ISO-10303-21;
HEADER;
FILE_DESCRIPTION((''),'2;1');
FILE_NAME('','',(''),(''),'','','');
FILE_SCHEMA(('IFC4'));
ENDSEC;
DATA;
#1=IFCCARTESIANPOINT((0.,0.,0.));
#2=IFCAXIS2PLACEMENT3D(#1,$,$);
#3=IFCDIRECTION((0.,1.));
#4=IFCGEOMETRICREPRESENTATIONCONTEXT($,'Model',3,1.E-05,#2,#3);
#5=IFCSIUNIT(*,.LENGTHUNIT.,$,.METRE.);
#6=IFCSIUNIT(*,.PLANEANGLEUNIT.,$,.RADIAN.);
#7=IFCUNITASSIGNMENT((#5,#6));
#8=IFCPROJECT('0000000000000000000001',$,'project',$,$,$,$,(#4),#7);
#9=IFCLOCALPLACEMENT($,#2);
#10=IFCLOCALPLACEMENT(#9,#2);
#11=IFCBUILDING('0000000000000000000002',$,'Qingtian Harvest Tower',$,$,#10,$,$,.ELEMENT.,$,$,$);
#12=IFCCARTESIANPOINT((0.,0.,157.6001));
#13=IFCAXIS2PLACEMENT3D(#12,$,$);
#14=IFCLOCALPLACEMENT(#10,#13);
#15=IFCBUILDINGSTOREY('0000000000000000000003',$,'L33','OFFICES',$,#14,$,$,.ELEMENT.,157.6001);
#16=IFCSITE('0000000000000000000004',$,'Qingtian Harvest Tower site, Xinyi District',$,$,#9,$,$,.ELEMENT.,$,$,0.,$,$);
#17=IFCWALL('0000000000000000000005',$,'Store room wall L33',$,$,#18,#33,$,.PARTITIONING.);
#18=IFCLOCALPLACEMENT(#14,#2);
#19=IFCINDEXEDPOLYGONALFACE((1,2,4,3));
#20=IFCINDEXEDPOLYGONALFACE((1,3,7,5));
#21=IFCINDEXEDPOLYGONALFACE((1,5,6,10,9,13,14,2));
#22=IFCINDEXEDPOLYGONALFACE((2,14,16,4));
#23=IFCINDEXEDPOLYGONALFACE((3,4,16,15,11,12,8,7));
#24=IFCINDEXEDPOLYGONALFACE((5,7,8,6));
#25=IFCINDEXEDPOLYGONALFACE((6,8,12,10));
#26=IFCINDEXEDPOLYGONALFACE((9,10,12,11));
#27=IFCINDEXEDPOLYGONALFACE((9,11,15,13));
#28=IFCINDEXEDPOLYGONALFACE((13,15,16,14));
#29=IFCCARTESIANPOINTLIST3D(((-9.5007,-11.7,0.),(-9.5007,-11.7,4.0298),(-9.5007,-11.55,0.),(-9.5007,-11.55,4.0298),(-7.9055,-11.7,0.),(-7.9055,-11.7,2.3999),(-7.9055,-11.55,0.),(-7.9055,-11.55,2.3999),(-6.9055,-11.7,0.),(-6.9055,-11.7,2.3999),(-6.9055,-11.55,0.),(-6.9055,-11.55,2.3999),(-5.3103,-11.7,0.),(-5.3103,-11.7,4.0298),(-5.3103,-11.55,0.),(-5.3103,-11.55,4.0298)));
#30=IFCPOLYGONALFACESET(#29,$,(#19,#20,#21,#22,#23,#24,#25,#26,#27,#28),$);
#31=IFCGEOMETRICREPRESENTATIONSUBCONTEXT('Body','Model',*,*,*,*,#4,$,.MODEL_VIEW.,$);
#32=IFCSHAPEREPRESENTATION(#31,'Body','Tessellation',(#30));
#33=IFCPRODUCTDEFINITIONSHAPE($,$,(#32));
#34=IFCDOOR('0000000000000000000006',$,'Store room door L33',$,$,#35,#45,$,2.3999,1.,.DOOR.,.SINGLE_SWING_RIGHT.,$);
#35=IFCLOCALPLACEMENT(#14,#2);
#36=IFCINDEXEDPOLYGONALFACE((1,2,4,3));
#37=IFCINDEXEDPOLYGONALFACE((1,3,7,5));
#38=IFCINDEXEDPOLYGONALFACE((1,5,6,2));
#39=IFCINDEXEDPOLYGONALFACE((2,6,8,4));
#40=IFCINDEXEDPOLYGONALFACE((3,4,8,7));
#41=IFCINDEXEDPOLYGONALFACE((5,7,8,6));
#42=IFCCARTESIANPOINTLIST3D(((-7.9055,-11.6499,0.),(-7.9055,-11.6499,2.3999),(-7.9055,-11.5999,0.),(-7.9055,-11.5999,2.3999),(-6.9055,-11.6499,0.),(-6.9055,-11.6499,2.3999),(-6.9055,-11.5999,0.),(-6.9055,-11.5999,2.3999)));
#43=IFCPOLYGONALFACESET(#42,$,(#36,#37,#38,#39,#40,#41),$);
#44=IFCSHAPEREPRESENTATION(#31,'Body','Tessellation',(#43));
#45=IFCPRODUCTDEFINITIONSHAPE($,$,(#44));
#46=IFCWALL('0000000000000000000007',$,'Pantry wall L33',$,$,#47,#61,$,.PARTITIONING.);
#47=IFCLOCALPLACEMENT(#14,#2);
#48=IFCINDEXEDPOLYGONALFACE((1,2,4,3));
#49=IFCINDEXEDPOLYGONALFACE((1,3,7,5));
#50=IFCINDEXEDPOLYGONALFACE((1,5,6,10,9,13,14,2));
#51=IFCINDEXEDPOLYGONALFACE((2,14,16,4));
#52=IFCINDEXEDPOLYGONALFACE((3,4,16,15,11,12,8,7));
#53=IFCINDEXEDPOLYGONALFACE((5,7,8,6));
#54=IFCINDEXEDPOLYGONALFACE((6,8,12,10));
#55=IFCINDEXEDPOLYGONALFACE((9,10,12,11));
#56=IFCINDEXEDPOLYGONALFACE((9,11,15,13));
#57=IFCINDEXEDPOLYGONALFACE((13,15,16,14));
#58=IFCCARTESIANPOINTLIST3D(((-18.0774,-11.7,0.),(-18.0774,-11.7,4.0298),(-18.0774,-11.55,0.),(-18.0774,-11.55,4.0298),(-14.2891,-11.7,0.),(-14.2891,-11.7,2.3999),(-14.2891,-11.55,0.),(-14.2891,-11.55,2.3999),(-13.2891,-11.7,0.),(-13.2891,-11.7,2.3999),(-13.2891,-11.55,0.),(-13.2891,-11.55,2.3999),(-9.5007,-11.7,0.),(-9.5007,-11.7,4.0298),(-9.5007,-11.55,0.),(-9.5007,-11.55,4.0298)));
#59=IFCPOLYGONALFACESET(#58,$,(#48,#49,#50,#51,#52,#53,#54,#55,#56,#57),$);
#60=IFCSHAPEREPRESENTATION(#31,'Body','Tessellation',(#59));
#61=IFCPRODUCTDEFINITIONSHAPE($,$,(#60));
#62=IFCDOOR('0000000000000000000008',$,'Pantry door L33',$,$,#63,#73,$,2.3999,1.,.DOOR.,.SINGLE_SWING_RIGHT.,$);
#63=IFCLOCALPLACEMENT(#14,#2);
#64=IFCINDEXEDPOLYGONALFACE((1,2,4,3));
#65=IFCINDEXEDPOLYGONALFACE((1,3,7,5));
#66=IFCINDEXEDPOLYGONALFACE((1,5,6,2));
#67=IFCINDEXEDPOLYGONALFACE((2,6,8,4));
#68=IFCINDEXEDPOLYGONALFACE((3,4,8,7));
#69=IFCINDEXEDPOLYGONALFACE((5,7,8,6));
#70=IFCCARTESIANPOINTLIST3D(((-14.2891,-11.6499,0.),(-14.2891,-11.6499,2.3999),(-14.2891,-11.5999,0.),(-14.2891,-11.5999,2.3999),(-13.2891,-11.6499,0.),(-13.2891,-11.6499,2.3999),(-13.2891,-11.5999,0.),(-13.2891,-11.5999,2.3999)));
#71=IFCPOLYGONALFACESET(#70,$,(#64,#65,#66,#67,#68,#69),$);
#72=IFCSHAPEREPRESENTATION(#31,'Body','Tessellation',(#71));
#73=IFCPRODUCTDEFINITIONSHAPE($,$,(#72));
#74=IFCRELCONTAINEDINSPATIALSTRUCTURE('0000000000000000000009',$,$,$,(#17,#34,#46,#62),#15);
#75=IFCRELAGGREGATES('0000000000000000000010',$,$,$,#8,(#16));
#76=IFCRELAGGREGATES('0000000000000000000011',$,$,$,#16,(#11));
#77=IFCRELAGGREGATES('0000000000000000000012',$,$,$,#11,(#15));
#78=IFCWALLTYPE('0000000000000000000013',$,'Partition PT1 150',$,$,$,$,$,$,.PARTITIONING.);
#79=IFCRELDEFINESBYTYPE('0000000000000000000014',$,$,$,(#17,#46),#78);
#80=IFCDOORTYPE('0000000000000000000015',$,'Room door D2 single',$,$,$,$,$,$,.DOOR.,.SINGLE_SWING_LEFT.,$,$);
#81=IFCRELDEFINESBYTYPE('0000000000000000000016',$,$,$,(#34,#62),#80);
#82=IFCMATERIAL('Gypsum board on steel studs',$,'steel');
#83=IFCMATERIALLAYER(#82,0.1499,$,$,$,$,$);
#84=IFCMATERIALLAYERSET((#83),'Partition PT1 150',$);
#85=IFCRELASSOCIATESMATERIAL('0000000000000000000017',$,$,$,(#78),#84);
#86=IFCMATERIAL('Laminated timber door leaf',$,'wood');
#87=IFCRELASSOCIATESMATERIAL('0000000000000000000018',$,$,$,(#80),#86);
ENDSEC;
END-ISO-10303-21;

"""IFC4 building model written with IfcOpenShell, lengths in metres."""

from ifc_helpers import new_model, si_unit, direction, frame, frame_2d, origin, place, context, subcontext, project, spatial, rectangle, extrude, material, layer, layer_set, type_object, element, fill, save


model = new_model("IFC4")

# Units and contexts
model_context = context("Model", 3, precision=1e-05, world=origin(), true_north=direction((0.0, 1.0)))
body_context = subcontext(model_context, "Body", "Model", "MODEL_VIEW")
ifc_project = project(units=[si_unit("LENGTHUNIT", "METRE"), si_unit("PLANEANGLEUNIT", "RADIAN")], contexts=[model_context])

# Site, building, storey
site_placement = place(None, origin())
site = spatial("IfcSite", under=ifc_project, at=site_placement, Name="Qingtian Harvest Tower site, Xinyi District", CompositionType="ELEMENT", RefElevation=0.0)
building_placement = place(site_placement, origin())
building = spatial("IfcBuilding", under=site, at=building_placement, Name="Qingtian Harvest Tower", CompositionType="ELEMENT")
storey_placement = place(building_placement, frame((0.0, 0.0, 157.6001)))
storey = spatial("IfcBuildingStorey", under=building, at=storey_placement, Name="L33", Description="OFFICES", CompositionType="ELEMENT", Elevation=157.6001)

# Shared definitions
ifc_material_1 = material(Name="Gypsum board on steel studs", Category="steel")
ifc_layer_1 = layer(ifc_material_1, 0.1499)
ifc_layer_set_1 = layer_set([ifc_layer_1], Name="Partition PT1 150")
wall_type_1 = type_object("IfcWallType", Name="Partition PT1 150", PredefinedType="PARTITIONING", material=ifc_layer_set_1)

# Walls, openings, doors
wall_1_placement = place(storey_placement, frame((-5.3103, -11.625, 0.0), z_axis=(0.0, 0.0, 1.0), x_axis=(-1.0, 0.0, 0.0)))
wall_1 = element("IfcWall", 1, at=wall_1_placement, inside=storey, type_object=wall_type_1, Name="Store room wall L33", PredefinedType="PARTITIONING", context=body_context, shape_type="SweptSolid", body=[
    extrude(rectangle(XDim=4.1904, YDim=0.1499, at=frame_2d((2.0952, 0.0))), origin(), (0.0, 0.0, 1.0), 4.0298),
])
opening_1_placement = place(wall_1_placement, frame((1.5952, 0.0, 0.0)))
opening_1 = element("IfcOpeningElement", 2, at=opening_1_placement, cuts=wall_1, PredefinedType="OPENING", context=body_context, shape_type="SweptSolid", body=[
    extrude(rectangle(XDim=1.0, YDim=2.3999, at=frame_2d((0.5, 1.2))), frame((0.0, 0.085, 0.0), z_axis=(0.0, -1.0, 0.0), x_axis=(1.0, 0.0, 0.0)), (0.0, 0.0, 1.0), 0.1699),
])
ifc_material_2 = material(Name="Laminated timber door leaf", Category="wood")
door_type_1 = type_object("IfcDoorType", Name="Room door D2 single", OperationType="SINGLE_SWING_LEFT", PredefinedType="DOOR", material=ifc_material_2)
door_1_placement = place(opening_1_placement, origin())
door_1 = element("IfcDoor", 3, at=door_1_placement, inside=storey, type_object=door_type_1, Name="Store room door L33", OperationType="SINGLE_SWING_RIGHT", OverallHeight=2.3999, OverallWidth=1.0, PredefinedType="DOOR", context=body_context, shape_type="SweptSolid", body=[
    extrude(rectangle(XDim=1.0, YDim=2.3999, at=frame_2d((0.5, 1.2))), frame((0.0, 0.0249, 0.0), z_axis=(0.0, -1.0, 0.0), x_axis=(1.0, 0.0, 0.0)), (0.0, 0.0, 1.0), 0.05),
])
fill(opening_1, door_1)
wall_2_placement = place(storey_placement, frame((-9.5007, -11.625, 0.0), z_axis=(0.0, 0.0, 1.0), x_axis=(-1.0, 0.0, 0.0)))
wall_2 = element("IfcWall", 4, at=wall_2_placement, inside=storey, type_object=wall_type_1, Name="Pantry wall L33", PredefinedType="PARTITIONING", context=body_context, shape_type="SweptSolid", body=[
    extrude(rectangle(XDim=8.5767, YDim=0.1499, at=frame_2d((4.2883, 0.0))), origin(), (0.0, 0.0, 1.0), 4.0298),
])
opening_2_placement = place(wall_2_placement, frame((3.7883, 0.0, 0.0)))
opening_2 = element("IfcOpeningElement", 5, at=opening_2_placement, cuts=wall_2, PredefinedType="OPENING", context=body_context, shape_type="SweptSolid", body=[
    extrude(rectangle(XDim=1.0, YDim=2.3999, at=frame_2d((0.5, 1.2))), frame((0.0, 0.085, 0.0), z_axis=(0.0, -1.0, 0.0), x_axis=(1.0, 0.0, 0.0)), (0.0, 0.0, 1.0), 0.1699),
])
door_2_placement = place(opening_2_placement, origin())
door_2 = element("IfcDoor", 6, at=door_2_placement, inside=storey, type_object=door_type_1, Name="Pantry door L33", OperationType="SINGLE_SWING_RIGHT", OverallHeight=2.3999, OverallWidth=1.0, PredefinedType="DOOR", context=body_context, shape_type="SweptSolid", body=[
    extrude(rectangle(XDim=1.0, YDim=2.3999, at=frame_2d((0.5, 1.2))), frame((0.0, 0.0249, 0.0), z_axis=(0.0, -1.0, 0.0), x_axis=(1.0, 0.0, 0.0)), (0.0, 0.0, 1.0), 0.05),
])
fill(opening_2, door_2)

save(model, "model.ifc")
